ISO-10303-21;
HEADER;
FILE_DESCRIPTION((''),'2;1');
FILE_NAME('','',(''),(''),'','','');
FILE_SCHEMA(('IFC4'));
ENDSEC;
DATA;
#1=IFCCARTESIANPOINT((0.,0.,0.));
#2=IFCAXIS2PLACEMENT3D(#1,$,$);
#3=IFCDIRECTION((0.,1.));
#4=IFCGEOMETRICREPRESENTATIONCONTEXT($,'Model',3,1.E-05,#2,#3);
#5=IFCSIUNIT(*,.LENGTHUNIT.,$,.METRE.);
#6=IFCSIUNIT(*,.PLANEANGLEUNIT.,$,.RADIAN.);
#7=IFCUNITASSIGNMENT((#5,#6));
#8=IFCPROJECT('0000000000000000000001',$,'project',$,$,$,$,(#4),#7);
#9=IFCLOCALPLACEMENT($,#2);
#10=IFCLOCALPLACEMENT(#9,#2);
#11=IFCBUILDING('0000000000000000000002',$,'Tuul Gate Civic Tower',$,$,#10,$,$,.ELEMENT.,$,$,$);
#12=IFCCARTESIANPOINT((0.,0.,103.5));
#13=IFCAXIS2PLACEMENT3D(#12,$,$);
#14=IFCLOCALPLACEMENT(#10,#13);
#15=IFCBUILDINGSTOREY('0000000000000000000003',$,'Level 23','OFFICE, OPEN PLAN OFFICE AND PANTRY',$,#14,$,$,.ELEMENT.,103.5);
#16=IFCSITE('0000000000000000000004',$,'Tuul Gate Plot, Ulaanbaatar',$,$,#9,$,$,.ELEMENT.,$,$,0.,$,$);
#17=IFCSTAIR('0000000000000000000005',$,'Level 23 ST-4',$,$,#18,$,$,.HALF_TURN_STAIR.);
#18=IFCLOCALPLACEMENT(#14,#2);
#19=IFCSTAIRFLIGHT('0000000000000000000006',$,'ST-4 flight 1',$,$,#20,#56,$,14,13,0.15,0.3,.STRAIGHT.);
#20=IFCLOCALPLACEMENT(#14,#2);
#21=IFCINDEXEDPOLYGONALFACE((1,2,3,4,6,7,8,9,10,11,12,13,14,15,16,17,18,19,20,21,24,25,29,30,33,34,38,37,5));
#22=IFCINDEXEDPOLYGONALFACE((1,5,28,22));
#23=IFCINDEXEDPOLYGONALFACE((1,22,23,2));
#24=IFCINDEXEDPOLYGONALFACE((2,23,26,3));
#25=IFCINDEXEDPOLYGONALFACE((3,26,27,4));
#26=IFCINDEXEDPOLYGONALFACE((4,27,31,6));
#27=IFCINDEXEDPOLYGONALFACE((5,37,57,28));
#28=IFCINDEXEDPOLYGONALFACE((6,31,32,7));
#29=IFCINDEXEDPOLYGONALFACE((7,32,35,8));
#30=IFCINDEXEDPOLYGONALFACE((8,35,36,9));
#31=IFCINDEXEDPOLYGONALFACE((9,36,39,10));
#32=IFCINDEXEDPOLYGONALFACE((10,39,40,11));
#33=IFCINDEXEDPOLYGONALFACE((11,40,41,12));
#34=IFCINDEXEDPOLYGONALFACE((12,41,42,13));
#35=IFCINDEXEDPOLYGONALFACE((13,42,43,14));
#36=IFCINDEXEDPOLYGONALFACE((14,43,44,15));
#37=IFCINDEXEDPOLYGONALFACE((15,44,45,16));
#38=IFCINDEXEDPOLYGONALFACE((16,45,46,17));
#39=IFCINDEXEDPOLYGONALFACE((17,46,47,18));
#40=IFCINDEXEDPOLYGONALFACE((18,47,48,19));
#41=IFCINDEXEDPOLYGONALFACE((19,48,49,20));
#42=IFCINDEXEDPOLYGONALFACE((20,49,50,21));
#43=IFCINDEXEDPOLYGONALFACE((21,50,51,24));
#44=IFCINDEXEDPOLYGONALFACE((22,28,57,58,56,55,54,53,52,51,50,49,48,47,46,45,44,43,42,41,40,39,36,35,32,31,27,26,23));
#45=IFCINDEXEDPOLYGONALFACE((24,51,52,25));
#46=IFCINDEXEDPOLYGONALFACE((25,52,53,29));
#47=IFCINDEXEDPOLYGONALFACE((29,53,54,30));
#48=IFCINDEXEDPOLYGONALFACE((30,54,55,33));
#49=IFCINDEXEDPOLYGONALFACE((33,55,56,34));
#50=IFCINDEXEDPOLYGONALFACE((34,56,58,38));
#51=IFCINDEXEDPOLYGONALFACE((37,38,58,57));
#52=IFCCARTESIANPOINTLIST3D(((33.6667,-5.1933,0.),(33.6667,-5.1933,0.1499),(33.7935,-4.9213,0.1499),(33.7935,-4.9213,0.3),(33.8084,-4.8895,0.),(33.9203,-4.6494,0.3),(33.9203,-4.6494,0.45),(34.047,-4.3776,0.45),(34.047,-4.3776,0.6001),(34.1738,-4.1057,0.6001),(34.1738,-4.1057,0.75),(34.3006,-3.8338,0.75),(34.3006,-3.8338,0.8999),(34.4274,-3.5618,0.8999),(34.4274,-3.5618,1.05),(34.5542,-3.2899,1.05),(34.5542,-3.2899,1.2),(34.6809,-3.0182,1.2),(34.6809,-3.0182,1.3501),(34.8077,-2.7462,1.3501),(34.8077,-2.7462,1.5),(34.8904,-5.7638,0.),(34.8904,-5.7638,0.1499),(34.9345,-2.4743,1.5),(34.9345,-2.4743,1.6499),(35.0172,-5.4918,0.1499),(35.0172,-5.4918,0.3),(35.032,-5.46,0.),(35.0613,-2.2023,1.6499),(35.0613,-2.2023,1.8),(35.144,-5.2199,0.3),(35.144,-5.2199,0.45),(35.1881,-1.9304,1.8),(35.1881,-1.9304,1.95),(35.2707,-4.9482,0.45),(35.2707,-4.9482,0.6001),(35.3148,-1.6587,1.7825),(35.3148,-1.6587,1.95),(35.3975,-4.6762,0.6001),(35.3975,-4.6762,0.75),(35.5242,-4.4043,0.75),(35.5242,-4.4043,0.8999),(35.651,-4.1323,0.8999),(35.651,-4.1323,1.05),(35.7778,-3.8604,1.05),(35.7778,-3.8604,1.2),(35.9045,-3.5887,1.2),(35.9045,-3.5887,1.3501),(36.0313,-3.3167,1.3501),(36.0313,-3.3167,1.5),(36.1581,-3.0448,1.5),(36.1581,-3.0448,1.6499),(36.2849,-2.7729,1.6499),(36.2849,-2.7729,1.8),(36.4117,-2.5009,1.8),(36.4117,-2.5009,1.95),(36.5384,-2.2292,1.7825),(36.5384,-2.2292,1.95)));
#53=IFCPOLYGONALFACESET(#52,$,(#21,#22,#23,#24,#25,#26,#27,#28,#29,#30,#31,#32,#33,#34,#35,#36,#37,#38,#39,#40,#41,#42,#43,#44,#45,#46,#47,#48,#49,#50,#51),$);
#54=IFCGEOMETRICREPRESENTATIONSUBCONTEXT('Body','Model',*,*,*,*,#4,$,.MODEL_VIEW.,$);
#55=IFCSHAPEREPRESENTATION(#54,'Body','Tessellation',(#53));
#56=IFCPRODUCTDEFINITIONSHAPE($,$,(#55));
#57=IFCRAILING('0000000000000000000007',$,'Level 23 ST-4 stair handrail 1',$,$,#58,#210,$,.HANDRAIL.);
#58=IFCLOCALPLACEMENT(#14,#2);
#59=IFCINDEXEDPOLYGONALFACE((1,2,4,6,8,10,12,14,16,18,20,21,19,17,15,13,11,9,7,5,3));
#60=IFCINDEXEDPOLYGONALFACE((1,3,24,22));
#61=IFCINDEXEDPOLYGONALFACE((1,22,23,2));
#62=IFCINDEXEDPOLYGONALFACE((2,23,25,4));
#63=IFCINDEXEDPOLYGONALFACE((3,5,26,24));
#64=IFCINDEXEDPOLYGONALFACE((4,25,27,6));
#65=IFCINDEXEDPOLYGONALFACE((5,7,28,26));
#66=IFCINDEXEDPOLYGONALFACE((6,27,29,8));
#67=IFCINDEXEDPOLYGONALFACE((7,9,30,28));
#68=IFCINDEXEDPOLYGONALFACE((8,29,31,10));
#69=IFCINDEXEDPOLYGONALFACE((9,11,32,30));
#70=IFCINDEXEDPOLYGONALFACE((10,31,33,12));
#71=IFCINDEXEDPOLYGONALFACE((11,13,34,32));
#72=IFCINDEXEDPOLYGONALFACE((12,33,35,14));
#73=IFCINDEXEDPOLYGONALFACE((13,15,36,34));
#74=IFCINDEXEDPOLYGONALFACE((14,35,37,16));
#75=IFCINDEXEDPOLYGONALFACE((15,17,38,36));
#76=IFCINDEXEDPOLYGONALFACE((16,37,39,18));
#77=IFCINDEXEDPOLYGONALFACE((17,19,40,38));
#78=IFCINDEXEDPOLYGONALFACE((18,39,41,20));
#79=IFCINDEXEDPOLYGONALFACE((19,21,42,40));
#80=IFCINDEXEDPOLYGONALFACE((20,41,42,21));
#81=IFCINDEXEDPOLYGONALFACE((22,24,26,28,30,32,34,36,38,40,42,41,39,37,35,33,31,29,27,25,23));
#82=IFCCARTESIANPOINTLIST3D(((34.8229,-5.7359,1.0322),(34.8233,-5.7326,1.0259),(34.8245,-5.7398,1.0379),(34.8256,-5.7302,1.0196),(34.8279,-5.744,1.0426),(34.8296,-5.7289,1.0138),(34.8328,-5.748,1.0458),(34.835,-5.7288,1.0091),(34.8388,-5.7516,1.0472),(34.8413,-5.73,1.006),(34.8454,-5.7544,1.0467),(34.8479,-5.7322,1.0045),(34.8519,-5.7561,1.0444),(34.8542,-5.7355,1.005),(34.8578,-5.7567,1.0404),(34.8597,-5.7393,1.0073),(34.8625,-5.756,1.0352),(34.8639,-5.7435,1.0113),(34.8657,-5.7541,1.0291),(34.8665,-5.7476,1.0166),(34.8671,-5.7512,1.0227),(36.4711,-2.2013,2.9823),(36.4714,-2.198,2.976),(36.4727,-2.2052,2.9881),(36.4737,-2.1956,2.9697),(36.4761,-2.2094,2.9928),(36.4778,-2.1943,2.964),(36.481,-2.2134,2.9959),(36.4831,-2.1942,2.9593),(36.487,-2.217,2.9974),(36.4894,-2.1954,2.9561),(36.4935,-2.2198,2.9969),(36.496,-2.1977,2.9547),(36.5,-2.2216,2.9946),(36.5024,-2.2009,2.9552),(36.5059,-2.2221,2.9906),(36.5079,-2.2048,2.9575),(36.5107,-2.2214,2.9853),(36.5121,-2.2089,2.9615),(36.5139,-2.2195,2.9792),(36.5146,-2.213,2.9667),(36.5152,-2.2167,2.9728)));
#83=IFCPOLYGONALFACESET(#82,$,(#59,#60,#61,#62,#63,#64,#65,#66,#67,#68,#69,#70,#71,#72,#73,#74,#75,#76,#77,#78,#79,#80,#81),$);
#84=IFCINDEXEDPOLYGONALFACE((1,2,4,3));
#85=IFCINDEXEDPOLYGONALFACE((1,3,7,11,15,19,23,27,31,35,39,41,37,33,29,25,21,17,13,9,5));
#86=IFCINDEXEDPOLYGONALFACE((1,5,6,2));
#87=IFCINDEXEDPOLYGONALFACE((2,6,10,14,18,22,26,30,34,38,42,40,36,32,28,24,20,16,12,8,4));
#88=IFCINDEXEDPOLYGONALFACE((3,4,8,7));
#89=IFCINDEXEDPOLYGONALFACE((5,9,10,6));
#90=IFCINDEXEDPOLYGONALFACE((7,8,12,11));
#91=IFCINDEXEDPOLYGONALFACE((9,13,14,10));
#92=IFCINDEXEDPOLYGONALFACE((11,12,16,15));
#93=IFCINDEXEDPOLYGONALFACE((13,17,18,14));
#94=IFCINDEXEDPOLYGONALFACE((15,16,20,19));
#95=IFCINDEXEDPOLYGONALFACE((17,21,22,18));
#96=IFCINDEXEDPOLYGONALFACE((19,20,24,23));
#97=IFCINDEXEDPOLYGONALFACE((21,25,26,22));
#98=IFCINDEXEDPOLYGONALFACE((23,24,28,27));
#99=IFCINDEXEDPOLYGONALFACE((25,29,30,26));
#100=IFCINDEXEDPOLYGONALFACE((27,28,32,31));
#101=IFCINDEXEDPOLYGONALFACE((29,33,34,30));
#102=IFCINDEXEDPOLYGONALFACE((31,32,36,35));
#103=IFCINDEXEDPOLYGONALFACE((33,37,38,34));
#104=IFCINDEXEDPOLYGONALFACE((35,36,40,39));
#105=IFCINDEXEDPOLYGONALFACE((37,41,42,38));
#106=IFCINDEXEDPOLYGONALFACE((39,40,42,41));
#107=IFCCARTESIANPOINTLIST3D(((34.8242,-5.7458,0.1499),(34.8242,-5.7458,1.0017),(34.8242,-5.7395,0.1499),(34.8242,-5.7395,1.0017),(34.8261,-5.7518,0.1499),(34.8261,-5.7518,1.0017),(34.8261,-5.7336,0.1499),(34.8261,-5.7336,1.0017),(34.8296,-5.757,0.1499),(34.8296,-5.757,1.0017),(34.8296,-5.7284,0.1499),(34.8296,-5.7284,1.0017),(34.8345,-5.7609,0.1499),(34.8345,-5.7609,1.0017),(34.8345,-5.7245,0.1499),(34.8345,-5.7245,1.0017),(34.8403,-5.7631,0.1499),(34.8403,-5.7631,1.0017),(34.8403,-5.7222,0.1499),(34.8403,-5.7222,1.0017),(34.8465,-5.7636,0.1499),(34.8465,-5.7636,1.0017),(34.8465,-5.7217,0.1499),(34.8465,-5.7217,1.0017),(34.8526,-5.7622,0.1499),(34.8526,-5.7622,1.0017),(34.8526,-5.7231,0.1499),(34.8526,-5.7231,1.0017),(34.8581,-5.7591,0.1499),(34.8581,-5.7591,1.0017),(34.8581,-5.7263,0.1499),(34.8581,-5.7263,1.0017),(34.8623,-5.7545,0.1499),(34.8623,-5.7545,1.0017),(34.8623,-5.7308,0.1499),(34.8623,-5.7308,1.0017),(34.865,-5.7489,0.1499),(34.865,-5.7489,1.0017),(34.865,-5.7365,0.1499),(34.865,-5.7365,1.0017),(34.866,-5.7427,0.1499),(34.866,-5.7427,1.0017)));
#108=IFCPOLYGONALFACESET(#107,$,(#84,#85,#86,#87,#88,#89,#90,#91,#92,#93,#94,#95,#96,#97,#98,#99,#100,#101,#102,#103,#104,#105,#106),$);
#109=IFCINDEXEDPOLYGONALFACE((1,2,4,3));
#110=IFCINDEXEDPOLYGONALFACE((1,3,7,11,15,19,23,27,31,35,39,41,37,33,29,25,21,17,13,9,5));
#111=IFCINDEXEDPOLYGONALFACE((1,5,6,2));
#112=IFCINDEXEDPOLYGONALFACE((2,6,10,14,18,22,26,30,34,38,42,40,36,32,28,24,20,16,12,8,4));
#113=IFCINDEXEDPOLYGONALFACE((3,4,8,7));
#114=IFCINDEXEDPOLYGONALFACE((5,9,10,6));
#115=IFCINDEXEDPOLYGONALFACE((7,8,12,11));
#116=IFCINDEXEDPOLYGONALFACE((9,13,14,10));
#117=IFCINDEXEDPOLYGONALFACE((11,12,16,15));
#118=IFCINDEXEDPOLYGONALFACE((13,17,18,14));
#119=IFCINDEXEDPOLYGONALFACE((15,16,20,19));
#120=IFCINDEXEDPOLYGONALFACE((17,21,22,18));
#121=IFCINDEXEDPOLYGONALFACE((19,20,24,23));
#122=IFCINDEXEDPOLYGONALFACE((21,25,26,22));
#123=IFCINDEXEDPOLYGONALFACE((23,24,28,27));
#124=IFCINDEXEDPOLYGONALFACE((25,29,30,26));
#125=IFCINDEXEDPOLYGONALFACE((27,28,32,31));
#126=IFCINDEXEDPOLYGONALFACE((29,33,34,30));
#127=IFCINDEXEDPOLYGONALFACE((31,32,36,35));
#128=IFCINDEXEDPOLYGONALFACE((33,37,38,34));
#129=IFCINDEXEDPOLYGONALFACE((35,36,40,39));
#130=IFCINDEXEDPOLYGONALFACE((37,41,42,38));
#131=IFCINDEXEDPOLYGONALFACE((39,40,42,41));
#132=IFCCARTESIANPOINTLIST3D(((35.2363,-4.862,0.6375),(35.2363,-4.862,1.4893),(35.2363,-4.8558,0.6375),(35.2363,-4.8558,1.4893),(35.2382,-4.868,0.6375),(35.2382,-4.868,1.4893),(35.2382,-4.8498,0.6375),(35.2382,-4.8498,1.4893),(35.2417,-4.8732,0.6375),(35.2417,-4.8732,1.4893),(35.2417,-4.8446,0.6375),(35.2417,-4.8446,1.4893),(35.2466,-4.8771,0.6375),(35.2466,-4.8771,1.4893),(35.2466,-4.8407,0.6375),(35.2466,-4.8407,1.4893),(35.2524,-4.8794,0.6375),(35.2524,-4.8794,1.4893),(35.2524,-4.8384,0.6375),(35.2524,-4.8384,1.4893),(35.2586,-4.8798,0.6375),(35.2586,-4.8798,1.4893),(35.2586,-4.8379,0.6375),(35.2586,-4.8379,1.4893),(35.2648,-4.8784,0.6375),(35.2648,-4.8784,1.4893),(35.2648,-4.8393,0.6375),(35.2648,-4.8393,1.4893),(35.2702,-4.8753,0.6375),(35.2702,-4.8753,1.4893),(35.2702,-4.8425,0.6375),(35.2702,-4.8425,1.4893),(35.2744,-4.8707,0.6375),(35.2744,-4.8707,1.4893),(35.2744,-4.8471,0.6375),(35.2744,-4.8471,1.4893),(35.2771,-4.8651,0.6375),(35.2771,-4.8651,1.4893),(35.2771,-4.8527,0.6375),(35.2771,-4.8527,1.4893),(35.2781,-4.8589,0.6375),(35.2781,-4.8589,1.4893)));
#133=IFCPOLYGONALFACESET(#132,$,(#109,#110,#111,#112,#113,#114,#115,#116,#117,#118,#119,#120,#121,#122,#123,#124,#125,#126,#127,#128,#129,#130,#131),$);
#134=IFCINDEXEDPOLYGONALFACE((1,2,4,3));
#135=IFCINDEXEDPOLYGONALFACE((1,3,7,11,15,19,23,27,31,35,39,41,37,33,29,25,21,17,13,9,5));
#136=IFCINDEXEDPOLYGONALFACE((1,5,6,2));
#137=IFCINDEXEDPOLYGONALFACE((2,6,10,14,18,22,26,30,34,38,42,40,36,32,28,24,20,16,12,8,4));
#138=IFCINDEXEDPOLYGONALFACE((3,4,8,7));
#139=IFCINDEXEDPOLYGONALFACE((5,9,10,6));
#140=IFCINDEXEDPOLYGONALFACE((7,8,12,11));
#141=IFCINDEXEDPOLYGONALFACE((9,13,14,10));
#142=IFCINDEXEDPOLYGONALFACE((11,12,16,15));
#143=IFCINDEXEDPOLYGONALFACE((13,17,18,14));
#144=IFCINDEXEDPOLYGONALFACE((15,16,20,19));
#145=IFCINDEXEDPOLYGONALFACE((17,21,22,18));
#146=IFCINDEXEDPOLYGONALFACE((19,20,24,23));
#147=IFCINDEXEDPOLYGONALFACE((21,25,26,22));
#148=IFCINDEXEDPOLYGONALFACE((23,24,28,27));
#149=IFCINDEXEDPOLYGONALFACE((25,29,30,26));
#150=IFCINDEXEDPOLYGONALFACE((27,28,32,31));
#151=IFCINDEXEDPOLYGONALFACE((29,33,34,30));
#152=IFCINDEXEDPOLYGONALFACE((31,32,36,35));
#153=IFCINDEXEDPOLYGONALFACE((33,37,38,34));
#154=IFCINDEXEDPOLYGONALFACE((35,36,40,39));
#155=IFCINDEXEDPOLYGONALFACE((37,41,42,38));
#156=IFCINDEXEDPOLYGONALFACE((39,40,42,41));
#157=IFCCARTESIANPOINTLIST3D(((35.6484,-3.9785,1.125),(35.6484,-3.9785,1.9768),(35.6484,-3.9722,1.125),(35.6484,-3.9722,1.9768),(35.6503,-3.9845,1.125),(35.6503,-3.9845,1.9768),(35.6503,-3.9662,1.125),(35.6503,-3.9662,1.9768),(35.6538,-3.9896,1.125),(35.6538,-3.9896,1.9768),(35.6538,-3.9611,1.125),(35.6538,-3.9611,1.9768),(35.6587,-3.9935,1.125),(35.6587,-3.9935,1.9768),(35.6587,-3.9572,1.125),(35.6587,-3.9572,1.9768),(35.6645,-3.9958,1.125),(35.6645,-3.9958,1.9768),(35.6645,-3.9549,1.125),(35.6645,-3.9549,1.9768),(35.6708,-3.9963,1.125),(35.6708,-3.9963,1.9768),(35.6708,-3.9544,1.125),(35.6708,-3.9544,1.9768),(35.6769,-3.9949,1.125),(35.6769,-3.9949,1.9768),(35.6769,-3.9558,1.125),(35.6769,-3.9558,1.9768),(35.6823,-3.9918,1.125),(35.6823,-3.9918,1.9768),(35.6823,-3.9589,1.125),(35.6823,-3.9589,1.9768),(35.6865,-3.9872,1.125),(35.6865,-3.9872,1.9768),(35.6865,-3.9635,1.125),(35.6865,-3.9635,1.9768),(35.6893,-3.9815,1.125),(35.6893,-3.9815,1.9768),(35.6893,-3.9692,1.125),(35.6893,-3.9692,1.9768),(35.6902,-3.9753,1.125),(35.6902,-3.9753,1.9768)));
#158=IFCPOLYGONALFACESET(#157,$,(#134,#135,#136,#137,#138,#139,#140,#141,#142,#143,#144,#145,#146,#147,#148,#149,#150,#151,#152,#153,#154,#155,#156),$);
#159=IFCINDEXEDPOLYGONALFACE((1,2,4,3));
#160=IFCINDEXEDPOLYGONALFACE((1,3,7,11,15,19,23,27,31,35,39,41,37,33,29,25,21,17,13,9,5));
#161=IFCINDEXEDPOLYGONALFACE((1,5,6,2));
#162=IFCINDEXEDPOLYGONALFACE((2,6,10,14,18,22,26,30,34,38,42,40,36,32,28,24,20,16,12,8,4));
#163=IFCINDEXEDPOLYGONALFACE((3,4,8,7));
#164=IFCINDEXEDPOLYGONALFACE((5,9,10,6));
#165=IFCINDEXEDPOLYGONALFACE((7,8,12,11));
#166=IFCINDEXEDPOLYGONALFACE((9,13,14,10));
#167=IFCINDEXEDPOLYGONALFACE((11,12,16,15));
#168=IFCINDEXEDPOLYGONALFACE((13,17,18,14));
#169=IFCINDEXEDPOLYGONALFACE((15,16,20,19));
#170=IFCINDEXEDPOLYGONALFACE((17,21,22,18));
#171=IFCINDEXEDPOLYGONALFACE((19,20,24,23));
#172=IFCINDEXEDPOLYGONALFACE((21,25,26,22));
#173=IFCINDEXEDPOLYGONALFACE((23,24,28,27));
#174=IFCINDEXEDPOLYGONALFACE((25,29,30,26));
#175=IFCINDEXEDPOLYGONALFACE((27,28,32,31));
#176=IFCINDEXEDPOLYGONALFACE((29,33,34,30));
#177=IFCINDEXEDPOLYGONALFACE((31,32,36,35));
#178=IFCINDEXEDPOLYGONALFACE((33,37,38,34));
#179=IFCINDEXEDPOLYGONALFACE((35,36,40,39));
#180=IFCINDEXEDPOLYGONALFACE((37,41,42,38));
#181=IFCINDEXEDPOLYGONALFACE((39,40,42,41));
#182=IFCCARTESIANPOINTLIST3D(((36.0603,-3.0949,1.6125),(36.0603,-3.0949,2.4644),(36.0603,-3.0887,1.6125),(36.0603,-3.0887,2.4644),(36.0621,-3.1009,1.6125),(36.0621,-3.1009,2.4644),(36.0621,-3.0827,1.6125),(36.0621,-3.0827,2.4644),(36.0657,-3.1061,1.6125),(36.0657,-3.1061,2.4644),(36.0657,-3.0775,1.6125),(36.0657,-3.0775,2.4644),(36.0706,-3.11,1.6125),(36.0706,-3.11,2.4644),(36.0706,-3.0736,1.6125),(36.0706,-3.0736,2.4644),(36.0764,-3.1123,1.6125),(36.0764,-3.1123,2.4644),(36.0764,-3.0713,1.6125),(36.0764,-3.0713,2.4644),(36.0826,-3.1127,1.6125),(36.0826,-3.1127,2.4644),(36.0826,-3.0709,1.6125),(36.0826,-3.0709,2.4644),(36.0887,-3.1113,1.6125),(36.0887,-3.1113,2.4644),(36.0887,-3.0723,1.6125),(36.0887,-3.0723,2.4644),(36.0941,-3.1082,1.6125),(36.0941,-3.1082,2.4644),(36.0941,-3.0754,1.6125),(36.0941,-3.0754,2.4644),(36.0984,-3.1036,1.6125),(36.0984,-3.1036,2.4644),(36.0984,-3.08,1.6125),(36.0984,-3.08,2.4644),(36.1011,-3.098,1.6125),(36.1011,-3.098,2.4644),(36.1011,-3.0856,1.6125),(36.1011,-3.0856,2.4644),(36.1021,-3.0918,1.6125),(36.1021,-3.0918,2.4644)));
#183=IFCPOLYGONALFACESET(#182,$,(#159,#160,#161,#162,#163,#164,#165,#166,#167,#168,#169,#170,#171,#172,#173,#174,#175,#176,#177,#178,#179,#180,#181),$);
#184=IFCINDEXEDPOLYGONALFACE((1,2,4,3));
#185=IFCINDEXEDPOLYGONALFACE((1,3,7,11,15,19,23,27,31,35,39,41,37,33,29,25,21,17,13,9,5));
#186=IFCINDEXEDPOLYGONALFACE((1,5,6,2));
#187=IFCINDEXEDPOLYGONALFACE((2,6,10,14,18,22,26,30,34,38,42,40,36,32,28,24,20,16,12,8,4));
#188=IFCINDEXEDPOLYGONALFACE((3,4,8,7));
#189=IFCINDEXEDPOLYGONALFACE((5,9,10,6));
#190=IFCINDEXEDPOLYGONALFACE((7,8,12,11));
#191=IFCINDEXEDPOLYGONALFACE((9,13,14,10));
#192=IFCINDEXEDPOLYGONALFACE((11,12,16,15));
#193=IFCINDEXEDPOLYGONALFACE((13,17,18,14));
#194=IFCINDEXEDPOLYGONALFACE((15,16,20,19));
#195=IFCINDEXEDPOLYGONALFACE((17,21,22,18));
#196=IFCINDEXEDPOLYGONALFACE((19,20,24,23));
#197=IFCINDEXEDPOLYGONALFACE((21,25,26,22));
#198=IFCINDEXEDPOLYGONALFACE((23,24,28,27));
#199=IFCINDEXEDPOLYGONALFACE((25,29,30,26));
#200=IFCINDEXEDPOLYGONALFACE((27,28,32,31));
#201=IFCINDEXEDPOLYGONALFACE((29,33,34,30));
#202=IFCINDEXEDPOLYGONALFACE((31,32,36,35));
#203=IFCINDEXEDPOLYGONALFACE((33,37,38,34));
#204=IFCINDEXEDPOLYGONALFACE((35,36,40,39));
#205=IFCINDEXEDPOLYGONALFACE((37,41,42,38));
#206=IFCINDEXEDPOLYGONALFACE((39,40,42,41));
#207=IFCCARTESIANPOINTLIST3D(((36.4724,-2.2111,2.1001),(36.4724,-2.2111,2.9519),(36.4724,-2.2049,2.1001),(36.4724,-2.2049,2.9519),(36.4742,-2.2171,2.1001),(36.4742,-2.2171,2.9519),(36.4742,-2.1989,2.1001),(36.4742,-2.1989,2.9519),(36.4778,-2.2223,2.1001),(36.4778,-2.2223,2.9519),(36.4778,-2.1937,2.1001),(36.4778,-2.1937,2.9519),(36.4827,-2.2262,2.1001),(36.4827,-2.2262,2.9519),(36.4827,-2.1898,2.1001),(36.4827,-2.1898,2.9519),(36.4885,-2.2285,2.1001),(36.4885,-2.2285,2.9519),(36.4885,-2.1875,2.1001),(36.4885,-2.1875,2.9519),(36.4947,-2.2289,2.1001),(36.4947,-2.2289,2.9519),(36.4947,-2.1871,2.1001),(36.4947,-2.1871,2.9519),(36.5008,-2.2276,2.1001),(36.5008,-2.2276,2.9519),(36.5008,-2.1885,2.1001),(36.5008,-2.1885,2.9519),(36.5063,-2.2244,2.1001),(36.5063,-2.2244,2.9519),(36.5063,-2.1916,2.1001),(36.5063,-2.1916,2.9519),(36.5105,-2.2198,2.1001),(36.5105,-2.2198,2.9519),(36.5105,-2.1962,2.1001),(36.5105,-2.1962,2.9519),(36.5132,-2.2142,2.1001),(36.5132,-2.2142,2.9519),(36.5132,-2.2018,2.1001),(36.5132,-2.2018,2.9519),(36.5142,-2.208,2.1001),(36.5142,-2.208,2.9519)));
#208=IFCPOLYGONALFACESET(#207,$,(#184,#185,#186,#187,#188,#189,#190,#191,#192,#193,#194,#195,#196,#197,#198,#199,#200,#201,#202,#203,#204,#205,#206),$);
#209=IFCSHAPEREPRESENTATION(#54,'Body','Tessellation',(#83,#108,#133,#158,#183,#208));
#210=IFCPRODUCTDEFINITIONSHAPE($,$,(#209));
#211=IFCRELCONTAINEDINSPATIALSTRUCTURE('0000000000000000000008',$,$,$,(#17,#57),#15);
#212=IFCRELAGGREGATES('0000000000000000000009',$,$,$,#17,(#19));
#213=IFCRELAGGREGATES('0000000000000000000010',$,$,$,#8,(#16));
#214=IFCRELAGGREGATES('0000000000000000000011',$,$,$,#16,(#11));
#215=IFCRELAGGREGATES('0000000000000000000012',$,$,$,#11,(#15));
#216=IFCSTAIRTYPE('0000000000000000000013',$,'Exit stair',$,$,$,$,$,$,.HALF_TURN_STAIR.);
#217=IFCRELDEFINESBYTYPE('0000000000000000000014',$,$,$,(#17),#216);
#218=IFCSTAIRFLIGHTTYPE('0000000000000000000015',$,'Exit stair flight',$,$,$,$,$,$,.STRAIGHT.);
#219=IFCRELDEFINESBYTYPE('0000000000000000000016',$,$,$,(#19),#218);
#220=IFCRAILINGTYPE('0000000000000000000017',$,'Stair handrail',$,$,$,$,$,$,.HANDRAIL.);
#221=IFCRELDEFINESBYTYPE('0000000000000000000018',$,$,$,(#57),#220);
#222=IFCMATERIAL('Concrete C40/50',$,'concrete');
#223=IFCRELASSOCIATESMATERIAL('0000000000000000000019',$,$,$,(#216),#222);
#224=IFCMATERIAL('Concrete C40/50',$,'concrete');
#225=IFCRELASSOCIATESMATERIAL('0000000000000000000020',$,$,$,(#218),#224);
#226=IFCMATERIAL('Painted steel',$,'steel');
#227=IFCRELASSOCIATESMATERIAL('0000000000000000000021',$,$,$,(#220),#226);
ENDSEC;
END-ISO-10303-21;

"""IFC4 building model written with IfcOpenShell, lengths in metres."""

from ifc_helpers import new_model, si_unit, direction, frame, origin, origin_2d, place, context, subcontext, project, spatial, polyline, circle, outline, extrude, material, type_object, element, aggregate, save


model = new_model("IFC4")

# Units and contexts
model_context = context("Model", 3, precision=1e-05, world=origin(), true_north=direction((0.0, 1.0)))
body_context = subcontext(model_context, "Body", "Model", "MODEL_VIEW")
ifc_project = project(units=[si_unit("LENGTHUNIT", "METRE"), si_unit("PLANEANGLEUNIT", "RADIAN")], contexts=[model_context])

# Site, building, storey
site_placement = place(None, origin())
site = spatial("IfcSite", under=ifc_project, at=site_placement, Name="Tuul Gate Plot, Ulaanbaatar", CompositionType="ELEMENT", RefElevation=0.0)
building_placement = place(site_placement, origin())
building = spatial("IfcBuilding", under=site, at=building_placement, Name="Tuul Gate Civic Tower", CompositionType="ELEMENT")
storey_placement = place(building_placement, frame((0.0, 0.0, 103.5)))
storey = spatial("IfcBuildingStorey", under=building, at=storey_placement, Name="Level 23", Description="OFFICE, OPEN PLAN OFFICE AND PANTRY", CompositionType="ELEMENT", Elevation=103.5)

# Stair, stair flight
ifc_material_1 = material(Name="Concrete C40/50", Category="concrete")
stair_type = type_object("IfcStairType", Name="Exit stair", PredefinedType="HALF_TURN_STAIR", material=ifc_material_1)
stair_placement = place(storey_placement, origin())
stair = element("IfcStair", 1, at=stair_placement, inside=storey, type_object=stair_type, Name="Level 23 ST-4", PredefinedType="HALF_TURN_STAIR")
ifc_material_2 = material(Name="Concrete C40/50", Category="concrete")
stair_flight_type = type_object("IfcStairFlightType", Name="Exit stair flight", PredefinedType="STRAIGHT", material=ifc_material_2)
stair_flight_placement = place(storey_placement, frame((34.2786, -5.4785, 0.0), z_axis=(0.0, 0.0, 1.0), x_axis=(0.422576, 0.906327, 0.0)))
stair_flight = element("IfcStairFlight", 2, at=stair_flight_placement, type_object=stair_flight_type, Name="ST-4 flight 1", NumberOfRisers=14, NumberOfTreads=13, PredefinedType="STRAIGHT", RiserHeight=0.15, TreadLength=0.3, context=body_context, shape_type="SweptSolid", body=[
    extrude(outline(polyline([(0.0, 0.0), (0.0, 0.1499), (0.3, 0.1499), (0.3, 0.3), (0.6001, 0.3), (0.6001, 0.45), (0.8999, 0.45), (0.8999, 0.6001), (1.2, 0.6001), (1.2, 0.75), (1.5, 0.75), (1.5, 0.8999), (1.8, 0.8999), (1.8, 1.05), (2.1001, 1.05), (2.1001, 1.2), (2.3999, 1.2), (2.3999, 1.3501), (2.7, 1.3501), (2.7, 1.5), (3.0, 1.5), (3.0, 1.6499), (3.3, 1.6499), (3.3, 1.8), (3.6001, 1.8), (3.6001, 1.95), (3.8999, 1.95), (3.8999, 2.1001), (3.8999, 1.7825), (0.3352, 0.0), (0.0, 0.0)])), frame((0.0, 0.675, 0.0), z_axis=(0.0, -1.0, 0.0), x_axis=(1.0, 0.0, 0.0)), (0.0, 0.0, 1.0), 1.3501),
])
aggregate(stair, [stair_flight])

# Railing
ifc_material_3 = material(Name="Painted steel", Category="steel")
railing_type = type_object("IfcRailingType", Name="Stair handrail", PredefinedType="HANDRAIL", material=ifc_material_3)
railing_placement = place(storey_placement, frame((34.845, -5.7427, 0.1499)))
element("IfcRailing", 3, at=railing_placement, inside=storey, type_object=railing_type, Name="Level 23 ST-4 stair handrail 1", PredefinedType="HANDRAIL", context=body_context, shape_type="SweptSolid", body=[
    extrude(circle(Radius=0.0239, at=origin_2d()), frame((0.0, 0.0, 0.876), z_axis=(0.377985, 0.810617, 0.447245), x_axis=(-0.906313, 0.422608, 0.0)), (0.0, 0.0, 1.0), 4.3604),
    extrude(circle(Radius=0.021, at=origin_2d()), origin(), (0.0, 0.0, 1.0), 0.8518),
    extrude(circle(Radius=0.021, at=origin_2d()), frame((0.4121, 0.8838, 0.4875)), (0.0, 0.0, 1.0), 0.8518),
    extrude(circle(Radius=0.021, at=origin_2d()), frame((0.8242, 1.7673, 0.9751)), (0.0, 0.0, 1.0), 0.8518),
    extrude(circle(Radius=0.021, at=origin_2d()), frame((1.2361, 2.6509, 1.4626)), (0.0, 0.0, 1.0), 0.8518),
    extrude(circle(Radius=0.021, at=origin_2d()), frame((1.6482, 3.5347, 1.9502)), (0.0, 0.0, 1.0), 0.8518),
])

save(model, "model.ifc")
